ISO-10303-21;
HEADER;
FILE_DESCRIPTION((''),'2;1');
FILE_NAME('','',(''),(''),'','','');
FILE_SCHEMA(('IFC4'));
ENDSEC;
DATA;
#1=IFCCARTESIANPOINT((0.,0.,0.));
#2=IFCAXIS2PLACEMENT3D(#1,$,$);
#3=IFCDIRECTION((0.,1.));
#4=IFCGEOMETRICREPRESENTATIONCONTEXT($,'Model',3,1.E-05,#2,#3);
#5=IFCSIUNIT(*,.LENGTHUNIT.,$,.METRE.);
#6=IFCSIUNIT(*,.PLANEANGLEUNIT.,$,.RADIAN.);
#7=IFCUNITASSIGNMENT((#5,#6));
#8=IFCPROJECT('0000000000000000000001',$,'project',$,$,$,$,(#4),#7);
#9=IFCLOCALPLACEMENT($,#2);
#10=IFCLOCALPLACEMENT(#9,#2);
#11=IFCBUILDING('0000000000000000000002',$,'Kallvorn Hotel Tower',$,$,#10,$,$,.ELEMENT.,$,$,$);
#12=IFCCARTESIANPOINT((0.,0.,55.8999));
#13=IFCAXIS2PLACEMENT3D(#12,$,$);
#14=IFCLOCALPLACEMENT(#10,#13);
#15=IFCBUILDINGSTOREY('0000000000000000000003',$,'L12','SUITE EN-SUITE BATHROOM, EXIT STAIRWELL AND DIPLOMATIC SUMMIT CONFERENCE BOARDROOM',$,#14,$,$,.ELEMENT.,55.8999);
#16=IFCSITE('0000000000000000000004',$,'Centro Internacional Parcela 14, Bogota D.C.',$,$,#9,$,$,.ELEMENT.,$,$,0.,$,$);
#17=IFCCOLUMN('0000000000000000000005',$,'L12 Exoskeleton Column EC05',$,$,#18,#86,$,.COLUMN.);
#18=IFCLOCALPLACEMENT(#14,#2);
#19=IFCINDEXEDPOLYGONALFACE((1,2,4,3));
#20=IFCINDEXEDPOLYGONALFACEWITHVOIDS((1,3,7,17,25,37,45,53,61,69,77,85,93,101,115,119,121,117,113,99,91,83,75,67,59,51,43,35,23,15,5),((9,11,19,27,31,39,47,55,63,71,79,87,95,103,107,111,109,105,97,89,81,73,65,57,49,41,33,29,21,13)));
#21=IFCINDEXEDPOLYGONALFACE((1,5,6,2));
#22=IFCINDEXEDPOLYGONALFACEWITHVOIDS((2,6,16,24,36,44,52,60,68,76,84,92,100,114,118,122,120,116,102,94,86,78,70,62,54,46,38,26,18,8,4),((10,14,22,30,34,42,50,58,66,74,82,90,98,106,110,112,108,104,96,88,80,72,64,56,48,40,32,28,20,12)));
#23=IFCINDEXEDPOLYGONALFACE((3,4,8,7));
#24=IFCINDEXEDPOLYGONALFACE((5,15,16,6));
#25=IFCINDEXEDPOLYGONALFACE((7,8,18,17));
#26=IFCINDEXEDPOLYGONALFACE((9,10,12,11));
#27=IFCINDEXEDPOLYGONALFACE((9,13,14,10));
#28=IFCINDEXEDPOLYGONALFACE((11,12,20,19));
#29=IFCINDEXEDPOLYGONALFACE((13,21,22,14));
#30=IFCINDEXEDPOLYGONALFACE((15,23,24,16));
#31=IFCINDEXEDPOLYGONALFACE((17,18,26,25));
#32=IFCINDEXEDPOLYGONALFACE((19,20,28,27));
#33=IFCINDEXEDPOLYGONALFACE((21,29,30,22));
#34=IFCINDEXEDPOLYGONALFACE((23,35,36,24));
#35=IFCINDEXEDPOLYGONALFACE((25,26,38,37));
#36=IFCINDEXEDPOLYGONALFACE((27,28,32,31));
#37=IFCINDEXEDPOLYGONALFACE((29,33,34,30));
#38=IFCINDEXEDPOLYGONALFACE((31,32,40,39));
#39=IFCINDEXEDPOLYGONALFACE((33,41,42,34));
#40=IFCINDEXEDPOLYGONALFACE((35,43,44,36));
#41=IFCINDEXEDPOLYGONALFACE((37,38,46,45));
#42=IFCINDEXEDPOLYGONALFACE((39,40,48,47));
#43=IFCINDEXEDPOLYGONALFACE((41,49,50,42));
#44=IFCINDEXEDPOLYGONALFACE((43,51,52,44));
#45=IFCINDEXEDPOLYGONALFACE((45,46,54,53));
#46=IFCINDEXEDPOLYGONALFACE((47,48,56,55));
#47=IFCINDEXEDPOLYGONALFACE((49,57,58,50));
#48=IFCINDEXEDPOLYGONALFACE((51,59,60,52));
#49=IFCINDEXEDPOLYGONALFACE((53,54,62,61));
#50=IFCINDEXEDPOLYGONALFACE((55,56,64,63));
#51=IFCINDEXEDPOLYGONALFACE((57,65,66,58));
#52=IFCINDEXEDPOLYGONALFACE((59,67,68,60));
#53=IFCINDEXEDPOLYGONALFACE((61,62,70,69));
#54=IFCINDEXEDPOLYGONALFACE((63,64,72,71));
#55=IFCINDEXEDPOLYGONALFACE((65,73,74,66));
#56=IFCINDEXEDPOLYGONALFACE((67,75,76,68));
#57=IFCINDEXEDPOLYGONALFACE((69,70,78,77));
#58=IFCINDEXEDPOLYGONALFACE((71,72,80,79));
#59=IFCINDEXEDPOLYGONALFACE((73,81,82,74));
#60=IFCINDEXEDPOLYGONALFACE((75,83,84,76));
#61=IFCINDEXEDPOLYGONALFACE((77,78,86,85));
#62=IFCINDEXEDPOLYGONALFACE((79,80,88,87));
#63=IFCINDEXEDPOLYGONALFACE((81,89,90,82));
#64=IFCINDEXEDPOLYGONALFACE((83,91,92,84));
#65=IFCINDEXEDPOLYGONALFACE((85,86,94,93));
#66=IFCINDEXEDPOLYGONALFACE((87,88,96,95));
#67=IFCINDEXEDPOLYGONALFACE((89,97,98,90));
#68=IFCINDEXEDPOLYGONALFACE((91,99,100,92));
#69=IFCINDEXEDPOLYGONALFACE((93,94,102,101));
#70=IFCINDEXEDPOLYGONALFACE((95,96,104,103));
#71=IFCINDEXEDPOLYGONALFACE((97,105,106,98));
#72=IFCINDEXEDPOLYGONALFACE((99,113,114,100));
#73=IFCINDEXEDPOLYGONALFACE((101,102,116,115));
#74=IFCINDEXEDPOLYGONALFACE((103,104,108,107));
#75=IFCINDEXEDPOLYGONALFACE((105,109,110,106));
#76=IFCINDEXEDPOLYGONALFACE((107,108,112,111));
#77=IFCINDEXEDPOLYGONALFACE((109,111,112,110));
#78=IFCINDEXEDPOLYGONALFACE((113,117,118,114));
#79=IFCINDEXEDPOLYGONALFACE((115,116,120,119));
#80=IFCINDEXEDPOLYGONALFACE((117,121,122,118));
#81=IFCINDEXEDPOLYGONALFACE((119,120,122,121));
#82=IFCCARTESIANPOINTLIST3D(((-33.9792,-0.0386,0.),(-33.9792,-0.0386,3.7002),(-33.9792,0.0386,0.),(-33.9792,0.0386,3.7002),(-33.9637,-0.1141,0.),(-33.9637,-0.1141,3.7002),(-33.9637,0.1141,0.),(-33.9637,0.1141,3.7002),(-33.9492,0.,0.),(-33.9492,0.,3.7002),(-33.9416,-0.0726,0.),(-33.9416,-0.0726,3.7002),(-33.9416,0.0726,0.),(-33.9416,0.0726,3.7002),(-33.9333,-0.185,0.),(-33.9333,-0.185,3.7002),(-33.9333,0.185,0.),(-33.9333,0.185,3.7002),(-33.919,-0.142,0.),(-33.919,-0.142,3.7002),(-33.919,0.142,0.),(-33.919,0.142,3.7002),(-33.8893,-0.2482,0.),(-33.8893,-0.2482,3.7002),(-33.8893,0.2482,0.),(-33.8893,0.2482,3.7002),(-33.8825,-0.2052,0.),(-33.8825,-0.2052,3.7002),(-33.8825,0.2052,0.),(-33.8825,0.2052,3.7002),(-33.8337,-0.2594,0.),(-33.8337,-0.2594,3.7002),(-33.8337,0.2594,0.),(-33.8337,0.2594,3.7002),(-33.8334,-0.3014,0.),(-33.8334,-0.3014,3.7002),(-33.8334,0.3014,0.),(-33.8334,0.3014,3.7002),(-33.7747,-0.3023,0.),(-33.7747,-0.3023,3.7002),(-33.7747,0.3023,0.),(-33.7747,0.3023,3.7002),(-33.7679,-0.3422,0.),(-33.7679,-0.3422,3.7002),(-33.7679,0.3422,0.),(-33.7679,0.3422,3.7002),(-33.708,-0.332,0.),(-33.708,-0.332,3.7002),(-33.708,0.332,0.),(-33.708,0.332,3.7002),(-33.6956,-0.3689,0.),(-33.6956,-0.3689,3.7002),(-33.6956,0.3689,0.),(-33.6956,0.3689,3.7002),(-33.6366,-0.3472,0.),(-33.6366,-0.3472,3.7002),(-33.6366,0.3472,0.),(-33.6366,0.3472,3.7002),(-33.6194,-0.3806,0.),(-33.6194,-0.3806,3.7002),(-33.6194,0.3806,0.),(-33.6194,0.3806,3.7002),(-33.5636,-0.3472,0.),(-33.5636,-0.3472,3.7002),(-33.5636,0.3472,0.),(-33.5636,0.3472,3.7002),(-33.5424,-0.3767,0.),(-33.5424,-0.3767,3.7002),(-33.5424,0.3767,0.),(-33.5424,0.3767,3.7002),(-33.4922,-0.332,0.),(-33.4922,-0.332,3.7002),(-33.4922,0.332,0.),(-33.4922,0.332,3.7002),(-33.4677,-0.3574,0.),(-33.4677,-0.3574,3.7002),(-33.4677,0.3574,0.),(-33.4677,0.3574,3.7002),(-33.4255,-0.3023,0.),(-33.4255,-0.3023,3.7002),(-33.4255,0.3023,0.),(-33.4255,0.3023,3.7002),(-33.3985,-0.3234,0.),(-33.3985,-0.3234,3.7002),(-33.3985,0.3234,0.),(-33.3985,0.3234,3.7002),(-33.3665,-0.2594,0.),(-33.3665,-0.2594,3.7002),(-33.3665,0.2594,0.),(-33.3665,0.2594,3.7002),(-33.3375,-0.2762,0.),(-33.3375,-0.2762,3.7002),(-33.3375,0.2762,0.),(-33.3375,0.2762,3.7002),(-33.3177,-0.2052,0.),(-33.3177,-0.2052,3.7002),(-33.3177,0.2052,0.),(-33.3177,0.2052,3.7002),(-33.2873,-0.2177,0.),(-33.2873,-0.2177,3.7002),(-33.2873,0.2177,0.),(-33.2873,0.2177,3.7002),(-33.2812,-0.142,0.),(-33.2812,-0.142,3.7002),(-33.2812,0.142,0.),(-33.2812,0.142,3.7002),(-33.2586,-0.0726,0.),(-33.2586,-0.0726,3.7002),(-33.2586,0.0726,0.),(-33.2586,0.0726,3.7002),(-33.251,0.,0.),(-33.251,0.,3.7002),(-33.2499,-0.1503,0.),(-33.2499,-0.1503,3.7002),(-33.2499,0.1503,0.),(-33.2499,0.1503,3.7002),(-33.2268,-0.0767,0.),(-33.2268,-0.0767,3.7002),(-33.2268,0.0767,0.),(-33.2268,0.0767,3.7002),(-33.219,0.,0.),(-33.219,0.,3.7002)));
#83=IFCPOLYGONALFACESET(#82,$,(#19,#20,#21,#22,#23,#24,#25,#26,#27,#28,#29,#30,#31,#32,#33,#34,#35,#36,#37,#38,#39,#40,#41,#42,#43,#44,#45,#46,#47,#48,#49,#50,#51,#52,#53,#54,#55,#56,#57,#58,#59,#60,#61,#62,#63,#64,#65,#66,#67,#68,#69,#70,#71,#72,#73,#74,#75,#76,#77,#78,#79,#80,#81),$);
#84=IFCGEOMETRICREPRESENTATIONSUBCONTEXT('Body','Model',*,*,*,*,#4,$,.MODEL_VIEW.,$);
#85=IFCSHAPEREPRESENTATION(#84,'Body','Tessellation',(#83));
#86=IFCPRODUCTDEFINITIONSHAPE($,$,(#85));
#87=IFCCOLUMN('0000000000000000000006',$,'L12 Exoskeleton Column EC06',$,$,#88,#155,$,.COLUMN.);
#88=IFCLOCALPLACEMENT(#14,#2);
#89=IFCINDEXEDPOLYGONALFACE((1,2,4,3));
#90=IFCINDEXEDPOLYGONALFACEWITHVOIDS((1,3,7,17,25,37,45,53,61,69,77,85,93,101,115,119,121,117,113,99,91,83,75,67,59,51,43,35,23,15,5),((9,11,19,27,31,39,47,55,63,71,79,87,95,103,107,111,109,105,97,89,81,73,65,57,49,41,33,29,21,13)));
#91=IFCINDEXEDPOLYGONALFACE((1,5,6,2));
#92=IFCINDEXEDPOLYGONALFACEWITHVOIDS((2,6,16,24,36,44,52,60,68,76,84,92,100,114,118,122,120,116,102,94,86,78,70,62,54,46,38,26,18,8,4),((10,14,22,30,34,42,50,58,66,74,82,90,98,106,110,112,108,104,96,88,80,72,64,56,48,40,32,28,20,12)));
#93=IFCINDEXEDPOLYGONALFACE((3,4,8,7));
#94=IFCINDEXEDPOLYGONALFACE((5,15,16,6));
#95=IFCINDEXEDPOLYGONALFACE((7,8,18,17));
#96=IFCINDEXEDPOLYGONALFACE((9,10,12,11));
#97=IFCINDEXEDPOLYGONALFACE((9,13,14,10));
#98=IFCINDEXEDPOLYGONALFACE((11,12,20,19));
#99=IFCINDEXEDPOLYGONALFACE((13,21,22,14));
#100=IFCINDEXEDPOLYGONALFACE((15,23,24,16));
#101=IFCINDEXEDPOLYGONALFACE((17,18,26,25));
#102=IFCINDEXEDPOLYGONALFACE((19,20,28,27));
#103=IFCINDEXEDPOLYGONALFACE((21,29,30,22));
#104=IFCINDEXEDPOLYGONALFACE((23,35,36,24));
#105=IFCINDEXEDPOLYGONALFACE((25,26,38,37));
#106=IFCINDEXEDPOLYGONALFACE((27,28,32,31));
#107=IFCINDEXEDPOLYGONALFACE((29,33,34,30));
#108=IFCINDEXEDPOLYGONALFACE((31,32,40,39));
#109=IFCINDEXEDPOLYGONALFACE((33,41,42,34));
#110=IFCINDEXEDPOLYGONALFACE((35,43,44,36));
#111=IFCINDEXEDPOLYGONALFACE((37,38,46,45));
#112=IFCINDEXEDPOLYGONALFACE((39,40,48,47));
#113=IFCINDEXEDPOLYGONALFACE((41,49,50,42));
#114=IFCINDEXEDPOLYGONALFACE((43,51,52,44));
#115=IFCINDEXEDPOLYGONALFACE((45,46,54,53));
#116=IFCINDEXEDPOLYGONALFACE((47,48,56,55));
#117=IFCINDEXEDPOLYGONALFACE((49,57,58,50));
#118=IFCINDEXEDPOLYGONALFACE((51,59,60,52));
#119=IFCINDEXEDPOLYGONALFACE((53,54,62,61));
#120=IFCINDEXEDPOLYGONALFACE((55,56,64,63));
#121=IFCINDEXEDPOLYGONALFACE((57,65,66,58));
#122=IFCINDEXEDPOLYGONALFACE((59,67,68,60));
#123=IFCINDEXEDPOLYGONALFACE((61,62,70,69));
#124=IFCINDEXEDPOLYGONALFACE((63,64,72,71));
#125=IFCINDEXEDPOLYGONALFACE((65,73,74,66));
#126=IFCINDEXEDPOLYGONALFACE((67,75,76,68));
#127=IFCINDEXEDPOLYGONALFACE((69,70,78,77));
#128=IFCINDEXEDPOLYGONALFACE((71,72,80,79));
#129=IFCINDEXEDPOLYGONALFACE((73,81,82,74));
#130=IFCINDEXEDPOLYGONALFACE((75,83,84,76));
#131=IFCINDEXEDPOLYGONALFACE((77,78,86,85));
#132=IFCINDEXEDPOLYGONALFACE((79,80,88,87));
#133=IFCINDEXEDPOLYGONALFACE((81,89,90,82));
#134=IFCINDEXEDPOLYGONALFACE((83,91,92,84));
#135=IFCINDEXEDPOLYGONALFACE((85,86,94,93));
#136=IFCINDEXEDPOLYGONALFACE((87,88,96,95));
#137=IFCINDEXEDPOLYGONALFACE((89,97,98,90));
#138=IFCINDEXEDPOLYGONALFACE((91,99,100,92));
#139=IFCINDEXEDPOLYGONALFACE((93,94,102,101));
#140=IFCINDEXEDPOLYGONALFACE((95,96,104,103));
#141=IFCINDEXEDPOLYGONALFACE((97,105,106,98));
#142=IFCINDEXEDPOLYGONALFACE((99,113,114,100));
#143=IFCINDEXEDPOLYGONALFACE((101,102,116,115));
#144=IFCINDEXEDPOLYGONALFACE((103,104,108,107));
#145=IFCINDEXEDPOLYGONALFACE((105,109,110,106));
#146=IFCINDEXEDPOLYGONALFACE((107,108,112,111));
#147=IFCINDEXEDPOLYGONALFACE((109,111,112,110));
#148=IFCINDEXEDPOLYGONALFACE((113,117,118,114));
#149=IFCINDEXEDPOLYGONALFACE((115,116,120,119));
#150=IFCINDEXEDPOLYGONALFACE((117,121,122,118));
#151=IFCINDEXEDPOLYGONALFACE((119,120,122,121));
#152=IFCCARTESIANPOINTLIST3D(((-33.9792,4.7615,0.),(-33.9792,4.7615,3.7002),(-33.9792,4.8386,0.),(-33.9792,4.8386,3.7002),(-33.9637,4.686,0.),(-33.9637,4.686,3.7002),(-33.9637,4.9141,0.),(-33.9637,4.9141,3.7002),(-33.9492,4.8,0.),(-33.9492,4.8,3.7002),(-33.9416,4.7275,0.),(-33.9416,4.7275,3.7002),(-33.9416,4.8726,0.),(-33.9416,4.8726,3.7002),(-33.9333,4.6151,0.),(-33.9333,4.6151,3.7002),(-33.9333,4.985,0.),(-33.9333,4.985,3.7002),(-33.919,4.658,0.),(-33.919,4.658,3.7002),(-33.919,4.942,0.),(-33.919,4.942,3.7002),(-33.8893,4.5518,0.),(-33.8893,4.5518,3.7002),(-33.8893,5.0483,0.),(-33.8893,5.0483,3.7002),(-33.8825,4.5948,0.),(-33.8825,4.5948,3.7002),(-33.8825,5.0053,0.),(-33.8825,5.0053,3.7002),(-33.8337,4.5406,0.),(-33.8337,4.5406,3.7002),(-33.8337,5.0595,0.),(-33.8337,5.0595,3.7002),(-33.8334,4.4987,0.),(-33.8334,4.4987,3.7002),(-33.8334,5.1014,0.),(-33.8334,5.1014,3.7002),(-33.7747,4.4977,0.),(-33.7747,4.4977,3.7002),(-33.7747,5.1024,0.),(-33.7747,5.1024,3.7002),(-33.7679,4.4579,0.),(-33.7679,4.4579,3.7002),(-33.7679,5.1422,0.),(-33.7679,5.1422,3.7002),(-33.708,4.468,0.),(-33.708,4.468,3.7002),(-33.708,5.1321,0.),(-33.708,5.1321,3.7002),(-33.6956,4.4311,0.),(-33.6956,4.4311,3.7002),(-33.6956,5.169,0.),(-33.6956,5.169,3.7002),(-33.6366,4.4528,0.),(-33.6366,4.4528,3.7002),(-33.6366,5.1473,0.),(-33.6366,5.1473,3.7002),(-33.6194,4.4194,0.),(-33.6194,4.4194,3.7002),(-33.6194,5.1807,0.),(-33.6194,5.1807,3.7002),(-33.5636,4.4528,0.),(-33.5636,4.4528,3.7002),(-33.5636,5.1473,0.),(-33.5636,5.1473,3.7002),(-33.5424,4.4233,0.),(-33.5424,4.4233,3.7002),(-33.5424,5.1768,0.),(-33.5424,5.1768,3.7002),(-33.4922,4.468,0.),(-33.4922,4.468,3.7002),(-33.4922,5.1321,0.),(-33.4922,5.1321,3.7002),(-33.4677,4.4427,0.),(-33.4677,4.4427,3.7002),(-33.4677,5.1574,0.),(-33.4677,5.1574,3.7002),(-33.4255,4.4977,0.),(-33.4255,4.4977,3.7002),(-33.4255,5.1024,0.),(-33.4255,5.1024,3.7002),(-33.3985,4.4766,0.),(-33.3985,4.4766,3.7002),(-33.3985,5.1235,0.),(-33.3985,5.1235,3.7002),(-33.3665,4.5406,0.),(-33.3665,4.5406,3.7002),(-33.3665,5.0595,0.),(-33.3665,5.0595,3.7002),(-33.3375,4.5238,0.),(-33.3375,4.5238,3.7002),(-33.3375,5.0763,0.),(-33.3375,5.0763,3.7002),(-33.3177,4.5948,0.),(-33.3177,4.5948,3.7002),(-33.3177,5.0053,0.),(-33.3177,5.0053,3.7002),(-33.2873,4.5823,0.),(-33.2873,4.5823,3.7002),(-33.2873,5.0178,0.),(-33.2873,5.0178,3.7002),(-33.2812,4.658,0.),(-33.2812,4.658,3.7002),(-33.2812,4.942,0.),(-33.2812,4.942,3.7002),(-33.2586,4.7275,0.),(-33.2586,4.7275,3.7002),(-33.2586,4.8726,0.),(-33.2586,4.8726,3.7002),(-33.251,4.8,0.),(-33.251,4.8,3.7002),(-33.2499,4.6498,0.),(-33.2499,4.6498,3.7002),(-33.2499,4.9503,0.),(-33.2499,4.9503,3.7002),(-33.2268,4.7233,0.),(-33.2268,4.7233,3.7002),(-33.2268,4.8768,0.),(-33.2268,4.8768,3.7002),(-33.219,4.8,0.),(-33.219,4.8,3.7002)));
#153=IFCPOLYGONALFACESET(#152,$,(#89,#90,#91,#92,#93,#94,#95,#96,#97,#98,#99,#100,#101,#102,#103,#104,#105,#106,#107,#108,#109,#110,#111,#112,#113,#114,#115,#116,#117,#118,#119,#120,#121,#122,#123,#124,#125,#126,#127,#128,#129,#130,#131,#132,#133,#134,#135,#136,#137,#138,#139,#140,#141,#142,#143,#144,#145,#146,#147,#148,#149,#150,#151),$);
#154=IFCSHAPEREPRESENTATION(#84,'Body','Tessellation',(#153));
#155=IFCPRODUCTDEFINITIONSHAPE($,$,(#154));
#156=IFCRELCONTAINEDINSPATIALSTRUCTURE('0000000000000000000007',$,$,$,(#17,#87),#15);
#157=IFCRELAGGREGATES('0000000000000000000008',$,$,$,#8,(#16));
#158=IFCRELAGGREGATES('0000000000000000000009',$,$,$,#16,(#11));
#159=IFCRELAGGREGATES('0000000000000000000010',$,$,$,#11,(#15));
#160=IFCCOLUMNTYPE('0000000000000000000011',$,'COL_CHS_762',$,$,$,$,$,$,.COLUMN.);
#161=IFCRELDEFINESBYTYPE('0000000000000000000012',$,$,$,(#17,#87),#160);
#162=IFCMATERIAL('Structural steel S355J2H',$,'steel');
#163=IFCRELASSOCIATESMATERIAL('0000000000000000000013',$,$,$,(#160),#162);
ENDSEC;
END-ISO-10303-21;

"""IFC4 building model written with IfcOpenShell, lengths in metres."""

from ifc_helpers import new_model, si_unit, direction, frame, origin, origin_2d, place, context, subcontext, project, spatial, hollow_circle, extrude, material, material_profile, profile_set, type_object, element, save


model = new_model("IFC4")

# Units and contexts
model_context = context("Model", 3, precision=1e-05, world=origin(), true_north=direction((0.0, 1.0)))
body_context = subcontext(model_context, "Body", "Model", "MODEL_VIEW")
ifc_project = project(units=[si_unit("LENGTHUNIT", "METRE"), si_unit("PLANEANGLEUNIT", "RADIAN")], contexts=[model_context])

# Site, building, storey
site_placement = place(None, origin())
site = spatial("IfcSite", under=ifc_project, at=site_placement, Name="Centro Internacional Parcela 14, Bogota D.C.", CompositionType="ELEMENT", RefElevation=0.0)
building_placement = place(site_placement, origin())
building = spatial("IfcBuilding", under=site, at=building_placement, Name="Kallvorn Hotel Tower", CompositionType="ELEMENT")
storey_placement = place(building_placement, frame((0.0, 0.0, 55.8999)))
storey = spatial("IfcBuildingStorey", under=building, at=storey_placement, Name="L12", Description="SUITE EN-SUITE BATHROOM, EXIT STAIRWELL AND DIPLOMATIC SUMMIT CONFERENCE BOARDROOM", CompositionType="ELEMENT", Elevation=55.8999)

# Columns
ifc_material_1 = material(Name="Structural steel S355J2H", Category="steel")
ifc_material_profile_1 = material_profile(ifc_material_1, hollow_circle(Radius=0.3811, WallThickness=0.032, at=origin_2d()), Name="CHS 762x32")
ifc_profile_set_1 = profile_set([ifc_material_profile_1], Name="Structural steel S355J2H")
column_type = type_object("IfcColumnType", Name="COL_CHS_762", PredefinedType="COLUMN", material=ifc_profile_set_1)
for number, where, z_axis, x_axis, name in (
    (1, (-33.6001, 0.0, 0.0), (0.0, 0.0, 1.0), (1.0, 0.0, 0.0), "L12 Exoskeleton Column EC05"),
    (2, (-33.6001, 4.8, 0.0), (0.0, 0.0, 1.0), (1.0, 0.0, 0.0), "L12 Exoskeleton Column EC06"),
):
    element("IfcColumn", number, at=place(storey_placement, frame(where, z_axis=z_axis, x_axis=x_axis)), inside=storey, type_object=column_type, Name=name, PredefinedType="COLUMN", context=body_context, shape_type="SweptSolid", body=[
        extrude(hollow_circle(Radius=0.3811, WallThickness=0.032, at=origin_2d()), origin(), (0.0, 0.0, 1.0), 3.7002),
    ])

save(model, "model.ifc")
